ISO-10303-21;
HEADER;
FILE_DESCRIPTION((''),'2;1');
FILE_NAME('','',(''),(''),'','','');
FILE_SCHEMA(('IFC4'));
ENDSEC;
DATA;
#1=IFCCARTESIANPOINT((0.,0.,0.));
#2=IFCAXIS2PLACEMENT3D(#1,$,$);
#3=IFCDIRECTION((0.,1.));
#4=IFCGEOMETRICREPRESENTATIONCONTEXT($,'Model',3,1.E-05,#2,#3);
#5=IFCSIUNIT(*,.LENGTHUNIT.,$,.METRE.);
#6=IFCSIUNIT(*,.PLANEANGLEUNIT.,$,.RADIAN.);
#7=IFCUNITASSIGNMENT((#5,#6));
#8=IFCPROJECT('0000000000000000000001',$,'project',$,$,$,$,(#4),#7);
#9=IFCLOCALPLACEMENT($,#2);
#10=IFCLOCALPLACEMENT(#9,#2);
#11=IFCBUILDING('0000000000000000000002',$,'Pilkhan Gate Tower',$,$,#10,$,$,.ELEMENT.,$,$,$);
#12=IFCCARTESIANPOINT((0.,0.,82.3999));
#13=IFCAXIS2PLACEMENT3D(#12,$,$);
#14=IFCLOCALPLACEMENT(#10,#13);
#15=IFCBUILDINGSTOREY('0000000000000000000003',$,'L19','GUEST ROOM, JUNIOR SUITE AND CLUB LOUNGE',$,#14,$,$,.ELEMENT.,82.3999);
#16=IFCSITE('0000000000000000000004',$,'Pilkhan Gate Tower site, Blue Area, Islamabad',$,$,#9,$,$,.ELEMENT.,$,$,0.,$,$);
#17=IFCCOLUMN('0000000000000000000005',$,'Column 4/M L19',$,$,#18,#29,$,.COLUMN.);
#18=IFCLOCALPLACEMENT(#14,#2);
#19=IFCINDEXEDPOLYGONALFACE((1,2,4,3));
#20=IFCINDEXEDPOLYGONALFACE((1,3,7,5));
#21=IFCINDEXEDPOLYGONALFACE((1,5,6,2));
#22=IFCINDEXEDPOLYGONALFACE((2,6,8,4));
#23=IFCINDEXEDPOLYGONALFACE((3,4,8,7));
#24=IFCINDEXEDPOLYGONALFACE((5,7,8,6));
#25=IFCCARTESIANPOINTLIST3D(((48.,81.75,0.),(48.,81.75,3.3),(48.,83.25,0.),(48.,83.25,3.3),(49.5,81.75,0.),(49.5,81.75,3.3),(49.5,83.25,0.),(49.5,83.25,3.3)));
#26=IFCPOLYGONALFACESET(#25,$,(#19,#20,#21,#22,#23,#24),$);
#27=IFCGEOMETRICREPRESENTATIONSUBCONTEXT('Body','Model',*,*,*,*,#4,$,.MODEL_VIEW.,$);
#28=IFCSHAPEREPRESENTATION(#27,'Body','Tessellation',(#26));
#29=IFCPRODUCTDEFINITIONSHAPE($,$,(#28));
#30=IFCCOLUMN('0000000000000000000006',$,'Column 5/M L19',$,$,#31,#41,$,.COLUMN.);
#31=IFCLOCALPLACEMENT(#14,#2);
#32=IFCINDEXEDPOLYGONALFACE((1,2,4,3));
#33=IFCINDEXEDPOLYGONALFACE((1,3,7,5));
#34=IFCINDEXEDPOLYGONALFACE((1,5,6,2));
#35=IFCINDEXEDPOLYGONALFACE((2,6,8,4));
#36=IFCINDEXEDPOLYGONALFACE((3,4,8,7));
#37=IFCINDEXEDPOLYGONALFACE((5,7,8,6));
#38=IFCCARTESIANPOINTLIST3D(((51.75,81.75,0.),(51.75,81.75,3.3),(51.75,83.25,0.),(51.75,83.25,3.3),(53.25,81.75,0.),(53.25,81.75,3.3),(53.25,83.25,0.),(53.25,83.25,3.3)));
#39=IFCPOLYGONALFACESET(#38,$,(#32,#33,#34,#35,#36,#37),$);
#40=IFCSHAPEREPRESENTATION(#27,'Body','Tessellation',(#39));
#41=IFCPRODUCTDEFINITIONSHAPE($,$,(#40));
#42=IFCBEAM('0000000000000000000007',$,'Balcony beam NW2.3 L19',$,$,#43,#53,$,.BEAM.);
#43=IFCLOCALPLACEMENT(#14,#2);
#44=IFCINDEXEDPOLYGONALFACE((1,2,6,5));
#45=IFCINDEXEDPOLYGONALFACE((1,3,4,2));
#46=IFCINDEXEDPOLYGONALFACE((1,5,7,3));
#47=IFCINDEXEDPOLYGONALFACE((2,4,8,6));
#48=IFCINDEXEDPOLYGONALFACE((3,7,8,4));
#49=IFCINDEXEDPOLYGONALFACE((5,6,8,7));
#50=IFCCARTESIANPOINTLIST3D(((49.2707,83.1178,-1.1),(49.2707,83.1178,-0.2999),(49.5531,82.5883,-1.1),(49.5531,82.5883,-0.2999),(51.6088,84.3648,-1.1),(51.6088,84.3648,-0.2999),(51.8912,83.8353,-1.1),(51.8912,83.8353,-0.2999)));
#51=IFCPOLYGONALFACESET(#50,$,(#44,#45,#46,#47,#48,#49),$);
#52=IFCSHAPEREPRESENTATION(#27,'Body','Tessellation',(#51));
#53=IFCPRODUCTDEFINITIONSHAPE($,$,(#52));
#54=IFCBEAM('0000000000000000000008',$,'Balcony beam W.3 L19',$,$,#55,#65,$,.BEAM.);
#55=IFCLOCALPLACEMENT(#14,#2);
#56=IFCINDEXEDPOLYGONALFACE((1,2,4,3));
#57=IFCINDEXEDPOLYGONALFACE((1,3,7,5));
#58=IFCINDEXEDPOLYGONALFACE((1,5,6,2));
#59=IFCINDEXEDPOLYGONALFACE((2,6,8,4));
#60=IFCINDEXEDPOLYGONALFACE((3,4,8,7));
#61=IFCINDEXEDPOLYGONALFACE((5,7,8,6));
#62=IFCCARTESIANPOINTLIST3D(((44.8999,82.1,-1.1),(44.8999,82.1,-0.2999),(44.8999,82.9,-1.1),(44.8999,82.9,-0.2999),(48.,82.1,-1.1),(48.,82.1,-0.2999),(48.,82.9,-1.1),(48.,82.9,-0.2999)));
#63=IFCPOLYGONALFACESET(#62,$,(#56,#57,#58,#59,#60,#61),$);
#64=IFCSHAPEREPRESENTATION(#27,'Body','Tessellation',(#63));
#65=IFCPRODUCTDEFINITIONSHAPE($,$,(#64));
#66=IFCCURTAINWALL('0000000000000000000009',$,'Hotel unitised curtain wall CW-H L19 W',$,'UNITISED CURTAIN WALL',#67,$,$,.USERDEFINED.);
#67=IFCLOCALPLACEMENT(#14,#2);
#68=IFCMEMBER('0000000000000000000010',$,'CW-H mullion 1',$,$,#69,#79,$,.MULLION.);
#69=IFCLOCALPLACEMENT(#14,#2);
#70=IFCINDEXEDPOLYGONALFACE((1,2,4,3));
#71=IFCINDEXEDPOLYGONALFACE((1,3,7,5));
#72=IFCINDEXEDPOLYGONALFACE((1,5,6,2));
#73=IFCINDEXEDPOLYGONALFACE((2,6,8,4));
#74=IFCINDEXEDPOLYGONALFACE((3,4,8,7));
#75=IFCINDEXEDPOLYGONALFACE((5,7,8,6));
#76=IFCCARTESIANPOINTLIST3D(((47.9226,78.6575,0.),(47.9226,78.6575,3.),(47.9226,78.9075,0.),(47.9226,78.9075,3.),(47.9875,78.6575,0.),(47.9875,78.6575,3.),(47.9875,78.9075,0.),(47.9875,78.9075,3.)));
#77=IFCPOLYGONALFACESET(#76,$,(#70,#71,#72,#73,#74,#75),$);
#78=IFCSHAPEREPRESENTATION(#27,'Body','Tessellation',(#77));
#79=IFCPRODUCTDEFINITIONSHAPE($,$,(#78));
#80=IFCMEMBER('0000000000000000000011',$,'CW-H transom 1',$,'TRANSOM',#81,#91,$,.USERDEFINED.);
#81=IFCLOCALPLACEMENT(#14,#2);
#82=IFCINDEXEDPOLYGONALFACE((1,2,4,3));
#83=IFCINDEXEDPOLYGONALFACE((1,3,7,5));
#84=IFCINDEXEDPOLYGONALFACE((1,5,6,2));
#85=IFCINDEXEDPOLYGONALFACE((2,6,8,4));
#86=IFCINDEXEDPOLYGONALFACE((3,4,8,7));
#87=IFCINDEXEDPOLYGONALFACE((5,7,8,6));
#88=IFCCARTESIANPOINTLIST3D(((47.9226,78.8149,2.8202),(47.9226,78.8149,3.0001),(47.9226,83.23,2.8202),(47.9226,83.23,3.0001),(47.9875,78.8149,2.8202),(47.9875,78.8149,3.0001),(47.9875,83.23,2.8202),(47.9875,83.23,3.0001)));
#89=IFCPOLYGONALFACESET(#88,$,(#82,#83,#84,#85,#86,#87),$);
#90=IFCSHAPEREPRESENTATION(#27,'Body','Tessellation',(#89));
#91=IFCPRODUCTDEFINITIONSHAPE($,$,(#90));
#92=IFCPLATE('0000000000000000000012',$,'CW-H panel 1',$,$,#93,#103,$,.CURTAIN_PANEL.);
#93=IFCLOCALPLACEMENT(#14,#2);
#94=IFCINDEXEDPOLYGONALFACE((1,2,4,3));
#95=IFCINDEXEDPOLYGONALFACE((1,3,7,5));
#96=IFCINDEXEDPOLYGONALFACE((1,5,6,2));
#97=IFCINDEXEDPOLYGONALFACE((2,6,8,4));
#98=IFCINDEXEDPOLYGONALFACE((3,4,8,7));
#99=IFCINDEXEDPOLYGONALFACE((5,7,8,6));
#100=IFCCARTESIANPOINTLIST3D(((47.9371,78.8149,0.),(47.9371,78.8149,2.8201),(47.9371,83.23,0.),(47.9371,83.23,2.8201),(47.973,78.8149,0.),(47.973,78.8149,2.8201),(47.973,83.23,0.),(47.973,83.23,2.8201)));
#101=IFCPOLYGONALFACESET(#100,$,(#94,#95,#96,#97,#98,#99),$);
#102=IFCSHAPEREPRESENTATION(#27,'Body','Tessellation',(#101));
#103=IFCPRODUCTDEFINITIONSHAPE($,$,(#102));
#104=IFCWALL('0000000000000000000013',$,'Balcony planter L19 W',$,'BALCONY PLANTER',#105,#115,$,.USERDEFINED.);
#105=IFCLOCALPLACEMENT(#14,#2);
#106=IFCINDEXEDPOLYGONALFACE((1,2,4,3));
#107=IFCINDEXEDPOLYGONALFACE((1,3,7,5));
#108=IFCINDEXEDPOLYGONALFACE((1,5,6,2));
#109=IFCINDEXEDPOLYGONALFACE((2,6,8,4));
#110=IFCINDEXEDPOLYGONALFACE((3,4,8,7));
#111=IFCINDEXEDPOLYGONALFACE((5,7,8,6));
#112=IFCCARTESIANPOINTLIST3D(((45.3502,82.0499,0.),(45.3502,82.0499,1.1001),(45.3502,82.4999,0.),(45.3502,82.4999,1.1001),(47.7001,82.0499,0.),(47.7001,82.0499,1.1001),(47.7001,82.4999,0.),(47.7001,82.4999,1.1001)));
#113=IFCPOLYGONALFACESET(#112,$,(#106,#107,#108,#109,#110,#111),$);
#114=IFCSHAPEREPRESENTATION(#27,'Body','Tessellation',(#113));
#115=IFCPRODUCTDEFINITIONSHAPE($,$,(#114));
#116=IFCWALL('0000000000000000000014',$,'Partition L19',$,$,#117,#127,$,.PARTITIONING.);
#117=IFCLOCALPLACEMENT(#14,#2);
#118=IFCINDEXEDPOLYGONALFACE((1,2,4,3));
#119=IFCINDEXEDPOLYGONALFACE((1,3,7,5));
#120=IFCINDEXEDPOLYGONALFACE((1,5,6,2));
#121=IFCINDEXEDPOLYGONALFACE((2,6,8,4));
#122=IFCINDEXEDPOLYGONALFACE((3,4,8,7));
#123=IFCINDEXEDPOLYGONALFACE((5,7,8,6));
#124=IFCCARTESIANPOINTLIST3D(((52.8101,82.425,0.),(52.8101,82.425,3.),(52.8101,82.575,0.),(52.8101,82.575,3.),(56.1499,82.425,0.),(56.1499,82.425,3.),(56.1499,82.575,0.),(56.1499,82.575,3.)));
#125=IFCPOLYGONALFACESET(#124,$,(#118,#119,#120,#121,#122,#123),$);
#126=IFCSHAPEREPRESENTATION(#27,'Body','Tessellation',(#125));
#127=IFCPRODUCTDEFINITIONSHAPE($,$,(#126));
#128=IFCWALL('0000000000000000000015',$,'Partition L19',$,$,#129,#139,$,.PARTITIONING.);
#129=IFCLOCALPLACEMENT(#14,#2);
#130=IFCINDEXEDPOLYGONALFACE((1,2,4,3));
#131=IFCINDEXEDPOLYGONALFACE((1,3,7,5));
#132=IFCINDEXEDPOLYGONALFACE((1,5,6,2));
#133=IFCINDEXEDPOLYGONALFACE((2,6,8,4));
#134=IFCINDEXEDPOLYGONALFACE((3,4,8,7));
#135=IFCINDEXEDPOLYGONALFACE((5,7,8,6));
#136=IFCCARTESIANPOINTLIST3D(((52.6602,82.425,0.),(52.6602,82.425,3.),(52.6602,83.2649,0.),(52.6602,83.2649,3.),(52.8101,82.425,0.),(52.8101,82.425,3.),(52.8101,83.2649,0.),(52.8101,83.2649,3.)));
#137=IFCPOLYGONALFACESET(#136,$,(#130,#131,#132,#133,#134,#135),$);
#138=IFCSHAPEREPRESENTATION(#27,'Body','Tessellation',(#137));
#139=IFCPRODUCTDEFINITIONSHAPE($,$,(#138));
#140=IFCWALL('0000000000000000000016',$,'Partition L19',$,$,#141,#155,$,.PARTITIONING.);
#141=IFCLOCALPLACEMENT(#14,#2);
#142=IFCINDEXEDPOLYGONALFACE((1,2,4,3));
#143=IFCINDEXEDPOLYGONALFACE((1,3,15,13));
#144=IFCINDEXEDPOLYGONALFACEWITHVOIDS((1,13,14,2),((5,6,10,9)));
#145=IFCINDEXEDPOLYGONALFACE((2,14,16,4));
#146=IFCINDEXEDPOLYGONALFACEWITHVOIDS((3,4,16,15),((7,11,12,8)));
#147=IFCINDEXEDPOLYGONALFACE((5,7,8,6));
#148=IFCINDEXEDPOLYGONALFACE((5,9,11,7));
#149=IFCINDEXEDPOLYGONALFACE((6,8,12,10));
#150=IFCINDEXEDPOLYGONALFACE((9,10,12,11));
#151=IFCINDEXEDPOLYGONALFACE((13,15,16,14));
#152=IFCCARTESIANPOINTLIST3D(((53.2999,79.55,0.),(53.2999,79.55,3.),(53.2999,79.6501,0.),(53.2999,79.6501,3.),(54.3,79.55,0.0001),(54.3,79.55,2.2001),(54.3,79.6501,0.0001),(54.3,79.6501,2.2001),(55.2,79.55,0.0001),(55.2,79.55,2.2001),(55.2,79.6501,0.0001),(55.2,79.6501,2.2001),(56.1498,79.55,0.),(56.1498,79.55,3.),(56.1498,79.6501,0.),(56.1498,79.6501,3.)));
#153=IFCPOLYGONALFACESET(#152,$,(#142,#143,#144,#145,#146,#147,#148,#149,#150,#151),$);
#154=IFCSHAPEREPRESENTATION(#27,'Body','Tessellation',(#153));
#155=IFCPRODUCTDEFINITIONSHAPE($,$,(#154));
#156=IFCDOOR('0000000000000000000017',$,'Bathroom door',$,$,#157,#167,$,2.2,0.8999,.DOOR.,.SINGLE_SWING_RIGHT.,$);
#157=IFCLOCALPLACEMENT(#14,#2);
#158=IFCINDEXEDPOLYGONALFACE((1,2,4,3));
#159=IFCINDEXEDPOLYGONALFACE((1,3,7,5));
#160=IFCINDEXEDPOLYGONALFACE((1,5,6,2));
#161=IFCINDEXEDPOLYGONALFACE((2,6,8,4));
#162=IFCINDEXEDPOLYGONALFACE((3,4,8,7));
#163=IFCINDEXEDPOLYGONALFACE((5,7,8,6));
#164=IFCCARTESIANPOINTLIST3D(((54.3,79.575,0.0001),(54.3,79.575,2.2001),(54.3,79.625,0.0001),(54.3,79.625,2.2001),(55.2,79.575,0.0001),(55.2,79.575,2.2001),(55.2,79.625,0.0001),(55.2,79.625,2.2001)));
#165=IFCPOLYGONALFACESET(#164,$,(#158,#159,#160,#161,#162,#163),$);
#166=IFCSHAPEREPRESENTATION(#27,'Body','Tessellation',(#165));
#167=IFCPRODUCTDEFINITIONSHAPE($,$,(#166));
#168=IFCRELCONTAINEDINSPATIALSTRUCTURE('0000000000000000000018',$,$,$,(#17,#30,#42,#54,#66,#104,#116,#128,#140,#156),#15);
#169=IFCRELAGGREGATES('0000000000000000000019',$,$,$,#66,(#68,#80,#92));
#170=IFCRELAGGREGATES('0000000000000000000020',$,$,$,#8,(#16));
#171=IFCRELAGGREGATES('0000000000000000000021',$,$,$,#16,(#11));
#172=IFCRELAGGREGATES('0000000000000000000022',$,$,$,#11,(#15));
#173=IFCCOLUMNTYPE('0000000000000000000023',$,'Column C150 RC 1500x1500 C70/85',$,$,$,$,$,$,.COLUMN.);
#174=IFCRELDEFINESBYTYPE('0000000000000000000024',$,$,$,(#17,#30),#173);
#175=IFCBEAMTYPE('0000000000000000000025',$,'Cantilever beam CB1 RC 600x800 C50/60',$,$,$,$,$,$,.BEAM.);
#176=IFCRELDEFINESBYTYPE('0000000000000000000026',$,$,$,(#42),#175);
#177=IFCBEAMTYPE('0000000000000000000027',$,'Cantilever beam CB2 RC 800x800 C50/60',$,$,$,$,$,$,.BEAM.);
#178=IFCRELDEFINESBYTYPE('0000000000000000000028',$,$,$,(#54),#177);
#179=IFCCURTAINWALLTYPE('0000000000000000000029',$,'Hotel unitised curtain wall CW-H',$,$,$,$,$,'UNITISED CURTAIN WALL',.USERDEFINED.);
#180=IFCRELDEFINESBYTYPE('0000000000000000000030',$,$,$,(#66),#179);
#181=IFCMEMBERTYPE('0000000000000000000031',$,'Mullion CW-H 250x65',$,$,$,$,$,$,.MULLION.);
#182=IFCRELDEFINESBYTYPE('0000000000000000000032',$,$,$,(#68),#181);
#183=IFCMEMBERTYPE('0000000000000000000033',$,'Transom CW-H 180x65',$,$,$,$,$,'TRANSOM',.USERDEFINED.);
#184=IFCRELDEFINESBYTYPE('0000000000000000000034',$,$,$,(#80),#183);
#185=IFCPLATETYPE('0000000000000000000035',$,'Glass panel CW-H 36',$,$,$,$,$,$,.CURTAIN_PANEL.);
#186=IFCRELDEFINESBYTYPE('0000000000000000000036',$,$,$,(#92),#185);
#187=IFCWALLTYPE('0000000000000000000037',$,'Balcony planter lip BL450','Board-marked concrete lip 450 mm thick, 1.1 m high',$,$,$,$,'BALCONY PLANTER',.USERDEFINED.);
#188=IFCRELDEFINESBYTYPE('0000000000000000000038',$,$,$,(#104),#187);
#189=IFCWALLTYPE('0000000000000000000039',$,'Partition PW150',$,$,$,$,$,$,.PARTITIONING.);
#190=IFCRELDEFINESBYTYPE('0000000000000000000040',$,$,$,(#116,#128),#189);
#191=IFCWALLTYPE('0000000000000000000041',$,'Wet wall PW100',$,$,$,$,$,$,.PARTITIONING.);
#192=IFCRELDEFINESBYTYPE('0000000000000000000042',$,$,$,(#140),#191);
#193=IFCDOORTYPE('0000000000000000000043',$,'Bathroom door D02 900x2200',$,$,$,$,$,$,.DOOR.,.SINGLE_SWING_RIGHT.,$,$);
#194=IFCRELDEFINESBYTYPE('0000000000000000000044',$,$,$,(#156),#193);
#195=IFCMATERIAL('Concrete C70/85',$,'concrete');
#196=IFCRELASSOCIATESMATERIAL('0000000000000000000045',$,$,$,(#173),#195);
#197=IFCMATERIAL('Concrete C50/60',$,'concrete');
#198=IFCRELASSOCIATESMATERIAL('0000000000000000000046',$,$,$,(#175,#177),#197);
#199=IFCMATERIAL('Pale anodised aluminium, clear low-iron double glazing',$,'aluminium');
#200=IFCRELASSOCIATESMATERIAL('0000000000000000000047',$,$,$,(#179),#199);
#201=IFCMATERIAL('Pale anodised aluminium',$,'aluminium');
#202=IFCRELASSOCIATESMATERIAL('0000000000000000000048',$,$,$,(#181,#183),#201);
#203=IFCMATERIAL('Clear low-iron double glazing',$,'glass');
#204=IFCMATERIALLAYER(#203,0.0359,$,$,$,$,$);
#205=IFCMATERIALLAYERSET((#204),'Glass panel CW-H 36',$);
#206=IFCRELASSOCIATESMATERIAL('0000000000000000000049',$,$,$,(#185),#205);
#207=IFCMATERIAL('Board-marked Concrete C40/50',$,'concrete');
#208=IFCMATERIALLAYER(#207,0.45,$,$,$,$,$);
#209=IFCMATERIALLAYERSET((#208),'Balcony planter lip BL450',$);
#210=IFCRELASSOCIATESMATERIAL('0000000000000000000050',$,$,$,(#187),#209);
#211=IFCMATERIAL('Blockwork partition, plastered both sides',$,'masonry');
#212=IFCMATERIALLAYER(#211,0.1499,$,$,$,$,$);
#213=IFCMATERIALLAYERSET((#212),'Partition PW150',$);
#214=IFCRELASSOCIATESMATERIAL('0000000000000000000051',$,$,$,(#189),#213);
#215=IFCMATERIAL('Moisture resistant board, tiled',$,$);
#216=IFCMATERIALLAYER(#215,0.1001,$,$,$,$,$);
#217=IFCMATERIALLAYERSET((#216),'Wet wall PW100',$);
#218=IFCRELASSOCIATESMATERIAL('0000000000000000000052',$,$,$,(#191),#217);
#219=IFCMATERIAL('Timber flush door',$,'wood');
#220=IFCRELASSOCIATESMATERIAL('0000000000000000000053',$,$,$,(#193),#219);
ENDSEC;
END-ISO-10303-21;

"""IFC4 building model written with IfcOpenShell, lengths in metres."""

from ifc_helpers import new_model, si_unit, direction, frame, frame_2d, origin, origin_2d, place, context, subcontext, project, spatial, rectangle, extrude, material, layer, layer_set, material_profile, profile_set, type_object, element, fill, aggregate, save


model = new_model("IFC4")

# Units and contexts
model_context = context("Model", 3, precision=1e-05, world=origin(), true_north=direction((0.0, 1.0)))
body_context = subcontext(model_context, "Body", "Model", "MODEL_VIEW")
ifc_project = project(units=[si_unit("LENGTHUNIT", "METRE"), si_unit("PLANEANGLEUNIT", "RADIAN")], contexts=[model_context])

# Site, building, storey
site_placement = place(None, origin())
site = spatial("IfcSite", under=ifc_project, at=site_placement, Name="Pilkhan Gate Tower site, Blue Area, Islamabad", CompositionType="ELEMENT", RefElevation=0.0)
building_placement = place(site_placement, origin())
building = spatial("IfcBuilding", under=site, at=building_placement, Name="Pilkhan Gate Tower", CompositionType="ELEMENT")
storey_placement = place(building_placement, frame((0.0, 0.0, 82.3999)))
storey = spatial("IfcBuildingStorey", under=building, at=storey_placement, Name="L19", Description="GUEST ROOM, JUNIOR SUITE AND CLUB LOUNGE", CompositionType="ELEMENT", Elevation=82.3999)

# Columns
ifc_material_1 = material(Name="Concrete C70/85", Category="concrete")
ifc_material_profile_1 = material_profile(ifc_material_1, rectangle(XDim=1.5, YDim=1.5, at=origin_2d()), Name="RC 1500x1500")
ifc_profile_set_1 = profile_set([ifc_material_profile_1], Name="Concrete C70/85")
column_type = type_object("IfcColumnType", Name="Column C150 RC 1500x1500 C70/85", PredefinedType="COLUMN", material=ifc_profile_set_1)
for number, where, z_axis, x_axis, name in (
    (1, (48.75, 82.5, 0.0), (0.0, 0.0, 1.0), (1.0, 0.0, 0.0), "Column 4/M L19"),
    (2, (52.5, 82.5, 0.0), (0.0, 0.0, 1.0), (1.0, 0.0, 0.0), "Column 5/M L19"),
):
    element("IfcColumn", number, at=place(storey_placement, frame(where, z_axis=z_axis, x_axis=x_axis)), inside=storey, type_object=column_type, Name=name, PredefinedType="COLUMN", context=body_context, shape_type="SweptSolid", body=[
        extrude(rectangle(XDim=1.5, YDim=1.5, at=origin_2d()), origin(), (0.0, 0.0, 1.0), 3.3),
    ])

# Beams
ifc_material_2 = material(Name="Concrete C50/60", Category="concrete")
ifc_material_profile_2 = material_profile(ifc_material_2, rectangle(XDim=0.6001, YDim=0.8, at=origin_2d()), Name="RC 600x800")
ifc_profile_set_2 = profile_set([ifc_material_profile_2], Name="Concrete C50/60")
beam_type_1 = type_object("IfcBeamType", Name="Cantilever beam CB1 RC 600x800 C50/60", PredefinedType="BEAM", material=ifc_profile_set_2)
beam_1_placement = place(storey_placement, frame((49.4119, 82.853, -0.7), z_axis=(0.882343, 0.470607, 0.0), x_axis=(-0.470607, 0.882343, 0.0)))
element("IfcBeam", 3, at=beam_1_placement, inside=storey, type_object=beam_type_1, Name="Balcony beam NW2.3 L19", PredefinedType="BEAM", context=body_context, shape_type="SweptSolid", body=[
    extrude(rectangle(XDim=0.6001, YDim=0.8, at=origin_2d()), origin(), (0.0, 0.0, 1.0), 2.6499),
])
ifc_material_profile_3 = material_profile(ifc_material_2, rectangle(XDim=0.8, YDim=0.8, at=origin_2d()), Name="RC 800x800")
ifc_profile_set_3 = profile_set([ifc_material_profile_3], Name="Concrete C50/60")
beam_type_2 = type_object("IfcBeamType", Name="Cantilever beam CB2 RC 800x800 C50/60", PredefinedType="BEAM", material=ifc_profile_set_3)
beam_2_placement = place(storey_placement, frame((48.0, 82.5, -0.7), z_axis=(-1.0, 0.0, 0.0), x_axis=(0.0, -1.0, 0.0)))
element("IfcBeam", 4, at=beam_2_placement, inside=storey, type_object=beam_type_2, Name="Balcony beam W.3 L19", PredefinedType="BEAM", context=body_context, shape_type="SweptSolid", body=[
    extrude(rectangle(XDim=0.8, YDim=0.8, at=origin_2d()), origin(), (0.0, 0.0, 1.0), 3.1001),
])

# Curtain wall, members, plate
ifc_material_3 = material(Name="Pale anodised aluminium, clear low-iron double glazing", Category="aluminium")
curtain_wall_type = type_object("IfcCurtainWallType", Name="Hotel unitised curtain wall CW-H", ElementType="UNITISED CURTAIN WALL", PredefinedType="USERDEFINED", material=ifc_material_3)
curtain_wall_placement = place(storey_placement, origin())
curtain_wall = element("IfcCurtainWall", 5, at=curtain_wall_placement, inside=storey, type_object=curtain_wall_type, Name="Hotel unitised curtain wall CW-H L19 W", ObjectType="UNITISED CURTAIN WALL", PredefinedType="USERDEFINED")
ifc_material_4 = material(Name="Pale anodised aluminium", Category="aluminium")
ifc_material_profile_4 = material_profile(ifc_material_4, rectangle(XDim=0.0649, YDim=0.25, at=origin_2d()), Name="Mullion 250x65")
ifc_profile_set_4 = profile_set([ifc_material_profile_4], Name="Pale anodised aluminium")
member_type_1 = type_object("IfcMemberType", Name="Mullion CW-H 250x65", PredefinedType="MULLION", material=ifc_profile_set_4)
member_1_placement = place(storey_placement, frame((47.9551, 78.7825, 0.0), z_axis=(0.0, 0.0, 1.0), x_axis=(-1.0, 0.0, 0.0)))
member_1 = element("IfcMember", 6, at=member_1_placement, type_object=member_type_1, Name="CW-H mullion 1", PredefinedType="MULLION", context=body_context, shape_type="SweptSolid", body=[
    extrude(rectangle(XDim=0.0649, YDim=0.25, at=origin_2d()), origin(), (0.0, 0.0, 1.0), 3.0),
])
ifc_material_profile_5 = material_profile(ifc_material_4, rectangle(XDim=0.0649, YDim=0.1799, at=origin_2d()), Name="Transom 180x65")
ifc_profile_set_5 = profile_set([ifc_material_profile_5], Name="Pale anodised aluminium")
member_type_2 = type_object("IfcMemberType", Name="Transom CW-H 180x65", ElementType="TRANSOM", PredefinedType="USERDEFINED", material=ifc_profile_set_5)
member_2_placement = place(storey_placement, frame((47.9551, 78.8149, 2.9102), z_axis=(0.0, 1.0, 0.0), x_axis=(-1.0, 0.0, 0.0)))
member_2 = element("IfcMember", 7, at=member_2_placement, type_object=member_type_2, Name="CW-H transom 1", ObjectType="TRANSOM", PredefinedType="USERDEFINED", context=body_context, shape_type="SweptSolid", body=[
    extrude(rectangle(XDim=0.0649, YDim=0.1799, at=origin_2d()), origin(), (0.0, 0.0, 1.0), 4.415),
])
ifc_material_5 = material(Name="Clear low-iron double glazing", Category="glass")
ifc_layer_1 = layer(ifc_material_5, 0.0359)
ifc_layer_set_1 = layer_set([ifc_layer_1], Name="Glass panel CW-H 36")
plate_type = type_object("IfcPlateType", Name="Glass panel CW-H 36", PredefinedType="CURTAIN_PANEL", material=ifc_layer_set_1)
plate_placement = place(storey_placement, frame((47.9551, 81.0225, 0.0), z_axis=(0.0, 0.0, 1.0), x_axis=(0.0, 1.0, 0.0)))
plate = element("IfcPlate", 8, at=plate_placement, type_object=plate_type, Name="CW-H panel 1", PredefinedType="CURTAIN_PANEL", context=body_context, shape_type="SweptSolid", body=[
    extrude(rectangle(XDim=4.415, YDim=0.0359, at=origin_2d()), origin(), (0.0, 0.0, 1.0), 2.8201),
])
aggregate(curtain_wall, [member_1, member_2, plate])

# Walls
ifc_material_6 = material(Name="Board-marked Concrete C40/50", Category="concrete")
ifc_layer_2 = layer(ifc_material_6, 0.45)
ifc_layer_set_2 = layer_set([ifc_layer_2], Name="Balcony planter lip BL450")
wall_type_1 = type_object("IfcWallType", Name="Balcony planter lip BL450", Description="Board-marked concrete lip 450 mm thick, 1.1 m high", ElementType="BALCONY PLANTER", PredefinedType="USERDEFINED", material=ifc_layer_set_2)
wall_1_placement = place(storey_placement, frame((47.7, 82.2749, 0.0), z_axis=(0.0, 0.0, 1.0), x_axis=(-1.0, 0.0, 0.0)))
element("IfcWall", 9, at=wall_1_placement, inside=storey, type_object=wall_type_1, Name="Balcony planter L19 W", ObjectType="BALCONY PLANTER", PredefinedType="USERDEFINED", context=body_context, shape_type="SweptSolid", body=[
    extrude(rectangle(XDim=2.3499, YDim=0.45, at=frame_2d((1.1748, 0.0))), origin(), (0.0, 0.0, 1.0), 1.1001),
])
ifc_material_7 = material(Name="Blockwork partition, plastered both sides", Category="masonry")
ifc_layer_3 = layer(ifc_material_7, 0.1499)
ifc_layer_set_3 = layer_set([ifc_layer_3], Name="Partition PW150")
wall_type_2 = type_object("IfcWallType", Name="Partition PW150", PredefinedType="PARTITIONING", material=ifc_layer_set_3)
wall_2_placement = place(storey_placement, frame((52.8101, 82.5, 0.0), z_axis=(0.0, 0.0, 1.0), x_axis=(1.0, 0.0, 0.0)))
element("IfcWall", 10, at=wall_2_placement, inside=storey, type_object=wall_type_2, Name="Partition L19", PredefinedType="PARTITIONING", context=body_context, shape_type="SweptSolid", body=[
    extrude(rectangle(XDim=3.3398, YDim=0.1499, at=frame_2d((1.6699, 0.0))), origin(), (0.0, 0.0, 1.0), 3.0),
])
wall_3_placement = place(storey_placement, frame((52.7351, 82.425, 0.0), z_axis=(0.0, 0.0, 1.0), x_axis=(0.0, 1.0, 0.0)))
element("IfcWall", 11, at=wall_3_placement, inside=storey, type_object=wall_type_2, Name="Partition L19", PredefinedType="PARTITIONING", context=body_context, shape_type="SweptSolid", body=[
    extrude(rectangle(XDim=0.8398, YDim=0.1499, at=frame_2d((0.4199, 0.0))), origin(), (0.0, 0.0, 1.0), 3.0),
])

# Wall, opening, door
ifc_material_8 = material(Name="Moisture resistant board, tiled")
ifc_layer_4 = layer(ifc_material_8, 0.1001)
ifc_layer_set_4 = layer_set([ifc_layer_4], Name="Wet wall PW100")
wall_type_3 = type_object("IfcWallType", Name="Wet wall PW100", PredefinedType="PARTITIONING", material=ifc_layer_set_4)
wall_4_placement = place(storey_placement, frame((53.3, 79.6001, 0.0), z_axis=(0.0, 0.0, 1.0), x_axis=(1.0, 0.0, 0.0)))
wall_4 = element("IfcWall", 12, at=wall_4_placement, inside=storey, type_object=wall_type_3, Name="Partition L19", PredefinedType="PARTITIONING", context=body_context, shape_type="SweptSolid", body=[
    extrude(rectangle(XDim=2.8499, YDim=0.1001, at=frame_2d((1.4248, 0.0))), origin(), (0.0, 0.0, 1.0), 3.0),
])
opening_placement = place(wall_4_placement, frame((1.0, 0.0, 0.0)))
opening = element("IfcOpeningElement", 13, at=opening_placement, cuts=wall_4, PredefinedType="OPENING", context=body_context, shape_type="SweptSolid", body=[
    extrude(rectangle(XDim=0.8999, YDim=2.2, at=frame_2d((0.45, 1.1001))), frame((0.0, 0.0601, 0.0), z_axis=(0.0, -1.0, 0.0), x_axis=(1.0, 0.0, 0.0)), (0.0, 0.0, 1.0), 0.1201),
])
ifc_material_9 = material(Name="Timber flush door", Category="wood")
door_type = type_object("IfcDoorType", Name="Bathroom door D02 900x2200", OperationType="SINGLE_SWING_RIGHT", PredefinedType="DOOR", material=ifc_material_9)
door_placement = place(opening_placement, origin())
door = element("IfcDoor", 14, at=door_placement, inside=storey, type_object=door_type, Name="Bathroom door", OperationType="SINGLE_SWING_RIGHT", OverallHeight=2.2, OverallWidth=0.8999, PredefinedType="DOOR", context=body_context, shape_type="SweptSolid", body=[
    extrude(rectangle(XDim=0.8999, YDim=2.2, at=frame_2d((0.45, 1.1001))), frame((0.0, 0.0249, 0.0), z_axis=(0.0, -1.0, 0.0), x_axis=(1.0, 0.0, 0.0)), (0.0, 0.0, 1.0), 0.05),
])
fill(opening, door)

save(model, "model.ifc")
